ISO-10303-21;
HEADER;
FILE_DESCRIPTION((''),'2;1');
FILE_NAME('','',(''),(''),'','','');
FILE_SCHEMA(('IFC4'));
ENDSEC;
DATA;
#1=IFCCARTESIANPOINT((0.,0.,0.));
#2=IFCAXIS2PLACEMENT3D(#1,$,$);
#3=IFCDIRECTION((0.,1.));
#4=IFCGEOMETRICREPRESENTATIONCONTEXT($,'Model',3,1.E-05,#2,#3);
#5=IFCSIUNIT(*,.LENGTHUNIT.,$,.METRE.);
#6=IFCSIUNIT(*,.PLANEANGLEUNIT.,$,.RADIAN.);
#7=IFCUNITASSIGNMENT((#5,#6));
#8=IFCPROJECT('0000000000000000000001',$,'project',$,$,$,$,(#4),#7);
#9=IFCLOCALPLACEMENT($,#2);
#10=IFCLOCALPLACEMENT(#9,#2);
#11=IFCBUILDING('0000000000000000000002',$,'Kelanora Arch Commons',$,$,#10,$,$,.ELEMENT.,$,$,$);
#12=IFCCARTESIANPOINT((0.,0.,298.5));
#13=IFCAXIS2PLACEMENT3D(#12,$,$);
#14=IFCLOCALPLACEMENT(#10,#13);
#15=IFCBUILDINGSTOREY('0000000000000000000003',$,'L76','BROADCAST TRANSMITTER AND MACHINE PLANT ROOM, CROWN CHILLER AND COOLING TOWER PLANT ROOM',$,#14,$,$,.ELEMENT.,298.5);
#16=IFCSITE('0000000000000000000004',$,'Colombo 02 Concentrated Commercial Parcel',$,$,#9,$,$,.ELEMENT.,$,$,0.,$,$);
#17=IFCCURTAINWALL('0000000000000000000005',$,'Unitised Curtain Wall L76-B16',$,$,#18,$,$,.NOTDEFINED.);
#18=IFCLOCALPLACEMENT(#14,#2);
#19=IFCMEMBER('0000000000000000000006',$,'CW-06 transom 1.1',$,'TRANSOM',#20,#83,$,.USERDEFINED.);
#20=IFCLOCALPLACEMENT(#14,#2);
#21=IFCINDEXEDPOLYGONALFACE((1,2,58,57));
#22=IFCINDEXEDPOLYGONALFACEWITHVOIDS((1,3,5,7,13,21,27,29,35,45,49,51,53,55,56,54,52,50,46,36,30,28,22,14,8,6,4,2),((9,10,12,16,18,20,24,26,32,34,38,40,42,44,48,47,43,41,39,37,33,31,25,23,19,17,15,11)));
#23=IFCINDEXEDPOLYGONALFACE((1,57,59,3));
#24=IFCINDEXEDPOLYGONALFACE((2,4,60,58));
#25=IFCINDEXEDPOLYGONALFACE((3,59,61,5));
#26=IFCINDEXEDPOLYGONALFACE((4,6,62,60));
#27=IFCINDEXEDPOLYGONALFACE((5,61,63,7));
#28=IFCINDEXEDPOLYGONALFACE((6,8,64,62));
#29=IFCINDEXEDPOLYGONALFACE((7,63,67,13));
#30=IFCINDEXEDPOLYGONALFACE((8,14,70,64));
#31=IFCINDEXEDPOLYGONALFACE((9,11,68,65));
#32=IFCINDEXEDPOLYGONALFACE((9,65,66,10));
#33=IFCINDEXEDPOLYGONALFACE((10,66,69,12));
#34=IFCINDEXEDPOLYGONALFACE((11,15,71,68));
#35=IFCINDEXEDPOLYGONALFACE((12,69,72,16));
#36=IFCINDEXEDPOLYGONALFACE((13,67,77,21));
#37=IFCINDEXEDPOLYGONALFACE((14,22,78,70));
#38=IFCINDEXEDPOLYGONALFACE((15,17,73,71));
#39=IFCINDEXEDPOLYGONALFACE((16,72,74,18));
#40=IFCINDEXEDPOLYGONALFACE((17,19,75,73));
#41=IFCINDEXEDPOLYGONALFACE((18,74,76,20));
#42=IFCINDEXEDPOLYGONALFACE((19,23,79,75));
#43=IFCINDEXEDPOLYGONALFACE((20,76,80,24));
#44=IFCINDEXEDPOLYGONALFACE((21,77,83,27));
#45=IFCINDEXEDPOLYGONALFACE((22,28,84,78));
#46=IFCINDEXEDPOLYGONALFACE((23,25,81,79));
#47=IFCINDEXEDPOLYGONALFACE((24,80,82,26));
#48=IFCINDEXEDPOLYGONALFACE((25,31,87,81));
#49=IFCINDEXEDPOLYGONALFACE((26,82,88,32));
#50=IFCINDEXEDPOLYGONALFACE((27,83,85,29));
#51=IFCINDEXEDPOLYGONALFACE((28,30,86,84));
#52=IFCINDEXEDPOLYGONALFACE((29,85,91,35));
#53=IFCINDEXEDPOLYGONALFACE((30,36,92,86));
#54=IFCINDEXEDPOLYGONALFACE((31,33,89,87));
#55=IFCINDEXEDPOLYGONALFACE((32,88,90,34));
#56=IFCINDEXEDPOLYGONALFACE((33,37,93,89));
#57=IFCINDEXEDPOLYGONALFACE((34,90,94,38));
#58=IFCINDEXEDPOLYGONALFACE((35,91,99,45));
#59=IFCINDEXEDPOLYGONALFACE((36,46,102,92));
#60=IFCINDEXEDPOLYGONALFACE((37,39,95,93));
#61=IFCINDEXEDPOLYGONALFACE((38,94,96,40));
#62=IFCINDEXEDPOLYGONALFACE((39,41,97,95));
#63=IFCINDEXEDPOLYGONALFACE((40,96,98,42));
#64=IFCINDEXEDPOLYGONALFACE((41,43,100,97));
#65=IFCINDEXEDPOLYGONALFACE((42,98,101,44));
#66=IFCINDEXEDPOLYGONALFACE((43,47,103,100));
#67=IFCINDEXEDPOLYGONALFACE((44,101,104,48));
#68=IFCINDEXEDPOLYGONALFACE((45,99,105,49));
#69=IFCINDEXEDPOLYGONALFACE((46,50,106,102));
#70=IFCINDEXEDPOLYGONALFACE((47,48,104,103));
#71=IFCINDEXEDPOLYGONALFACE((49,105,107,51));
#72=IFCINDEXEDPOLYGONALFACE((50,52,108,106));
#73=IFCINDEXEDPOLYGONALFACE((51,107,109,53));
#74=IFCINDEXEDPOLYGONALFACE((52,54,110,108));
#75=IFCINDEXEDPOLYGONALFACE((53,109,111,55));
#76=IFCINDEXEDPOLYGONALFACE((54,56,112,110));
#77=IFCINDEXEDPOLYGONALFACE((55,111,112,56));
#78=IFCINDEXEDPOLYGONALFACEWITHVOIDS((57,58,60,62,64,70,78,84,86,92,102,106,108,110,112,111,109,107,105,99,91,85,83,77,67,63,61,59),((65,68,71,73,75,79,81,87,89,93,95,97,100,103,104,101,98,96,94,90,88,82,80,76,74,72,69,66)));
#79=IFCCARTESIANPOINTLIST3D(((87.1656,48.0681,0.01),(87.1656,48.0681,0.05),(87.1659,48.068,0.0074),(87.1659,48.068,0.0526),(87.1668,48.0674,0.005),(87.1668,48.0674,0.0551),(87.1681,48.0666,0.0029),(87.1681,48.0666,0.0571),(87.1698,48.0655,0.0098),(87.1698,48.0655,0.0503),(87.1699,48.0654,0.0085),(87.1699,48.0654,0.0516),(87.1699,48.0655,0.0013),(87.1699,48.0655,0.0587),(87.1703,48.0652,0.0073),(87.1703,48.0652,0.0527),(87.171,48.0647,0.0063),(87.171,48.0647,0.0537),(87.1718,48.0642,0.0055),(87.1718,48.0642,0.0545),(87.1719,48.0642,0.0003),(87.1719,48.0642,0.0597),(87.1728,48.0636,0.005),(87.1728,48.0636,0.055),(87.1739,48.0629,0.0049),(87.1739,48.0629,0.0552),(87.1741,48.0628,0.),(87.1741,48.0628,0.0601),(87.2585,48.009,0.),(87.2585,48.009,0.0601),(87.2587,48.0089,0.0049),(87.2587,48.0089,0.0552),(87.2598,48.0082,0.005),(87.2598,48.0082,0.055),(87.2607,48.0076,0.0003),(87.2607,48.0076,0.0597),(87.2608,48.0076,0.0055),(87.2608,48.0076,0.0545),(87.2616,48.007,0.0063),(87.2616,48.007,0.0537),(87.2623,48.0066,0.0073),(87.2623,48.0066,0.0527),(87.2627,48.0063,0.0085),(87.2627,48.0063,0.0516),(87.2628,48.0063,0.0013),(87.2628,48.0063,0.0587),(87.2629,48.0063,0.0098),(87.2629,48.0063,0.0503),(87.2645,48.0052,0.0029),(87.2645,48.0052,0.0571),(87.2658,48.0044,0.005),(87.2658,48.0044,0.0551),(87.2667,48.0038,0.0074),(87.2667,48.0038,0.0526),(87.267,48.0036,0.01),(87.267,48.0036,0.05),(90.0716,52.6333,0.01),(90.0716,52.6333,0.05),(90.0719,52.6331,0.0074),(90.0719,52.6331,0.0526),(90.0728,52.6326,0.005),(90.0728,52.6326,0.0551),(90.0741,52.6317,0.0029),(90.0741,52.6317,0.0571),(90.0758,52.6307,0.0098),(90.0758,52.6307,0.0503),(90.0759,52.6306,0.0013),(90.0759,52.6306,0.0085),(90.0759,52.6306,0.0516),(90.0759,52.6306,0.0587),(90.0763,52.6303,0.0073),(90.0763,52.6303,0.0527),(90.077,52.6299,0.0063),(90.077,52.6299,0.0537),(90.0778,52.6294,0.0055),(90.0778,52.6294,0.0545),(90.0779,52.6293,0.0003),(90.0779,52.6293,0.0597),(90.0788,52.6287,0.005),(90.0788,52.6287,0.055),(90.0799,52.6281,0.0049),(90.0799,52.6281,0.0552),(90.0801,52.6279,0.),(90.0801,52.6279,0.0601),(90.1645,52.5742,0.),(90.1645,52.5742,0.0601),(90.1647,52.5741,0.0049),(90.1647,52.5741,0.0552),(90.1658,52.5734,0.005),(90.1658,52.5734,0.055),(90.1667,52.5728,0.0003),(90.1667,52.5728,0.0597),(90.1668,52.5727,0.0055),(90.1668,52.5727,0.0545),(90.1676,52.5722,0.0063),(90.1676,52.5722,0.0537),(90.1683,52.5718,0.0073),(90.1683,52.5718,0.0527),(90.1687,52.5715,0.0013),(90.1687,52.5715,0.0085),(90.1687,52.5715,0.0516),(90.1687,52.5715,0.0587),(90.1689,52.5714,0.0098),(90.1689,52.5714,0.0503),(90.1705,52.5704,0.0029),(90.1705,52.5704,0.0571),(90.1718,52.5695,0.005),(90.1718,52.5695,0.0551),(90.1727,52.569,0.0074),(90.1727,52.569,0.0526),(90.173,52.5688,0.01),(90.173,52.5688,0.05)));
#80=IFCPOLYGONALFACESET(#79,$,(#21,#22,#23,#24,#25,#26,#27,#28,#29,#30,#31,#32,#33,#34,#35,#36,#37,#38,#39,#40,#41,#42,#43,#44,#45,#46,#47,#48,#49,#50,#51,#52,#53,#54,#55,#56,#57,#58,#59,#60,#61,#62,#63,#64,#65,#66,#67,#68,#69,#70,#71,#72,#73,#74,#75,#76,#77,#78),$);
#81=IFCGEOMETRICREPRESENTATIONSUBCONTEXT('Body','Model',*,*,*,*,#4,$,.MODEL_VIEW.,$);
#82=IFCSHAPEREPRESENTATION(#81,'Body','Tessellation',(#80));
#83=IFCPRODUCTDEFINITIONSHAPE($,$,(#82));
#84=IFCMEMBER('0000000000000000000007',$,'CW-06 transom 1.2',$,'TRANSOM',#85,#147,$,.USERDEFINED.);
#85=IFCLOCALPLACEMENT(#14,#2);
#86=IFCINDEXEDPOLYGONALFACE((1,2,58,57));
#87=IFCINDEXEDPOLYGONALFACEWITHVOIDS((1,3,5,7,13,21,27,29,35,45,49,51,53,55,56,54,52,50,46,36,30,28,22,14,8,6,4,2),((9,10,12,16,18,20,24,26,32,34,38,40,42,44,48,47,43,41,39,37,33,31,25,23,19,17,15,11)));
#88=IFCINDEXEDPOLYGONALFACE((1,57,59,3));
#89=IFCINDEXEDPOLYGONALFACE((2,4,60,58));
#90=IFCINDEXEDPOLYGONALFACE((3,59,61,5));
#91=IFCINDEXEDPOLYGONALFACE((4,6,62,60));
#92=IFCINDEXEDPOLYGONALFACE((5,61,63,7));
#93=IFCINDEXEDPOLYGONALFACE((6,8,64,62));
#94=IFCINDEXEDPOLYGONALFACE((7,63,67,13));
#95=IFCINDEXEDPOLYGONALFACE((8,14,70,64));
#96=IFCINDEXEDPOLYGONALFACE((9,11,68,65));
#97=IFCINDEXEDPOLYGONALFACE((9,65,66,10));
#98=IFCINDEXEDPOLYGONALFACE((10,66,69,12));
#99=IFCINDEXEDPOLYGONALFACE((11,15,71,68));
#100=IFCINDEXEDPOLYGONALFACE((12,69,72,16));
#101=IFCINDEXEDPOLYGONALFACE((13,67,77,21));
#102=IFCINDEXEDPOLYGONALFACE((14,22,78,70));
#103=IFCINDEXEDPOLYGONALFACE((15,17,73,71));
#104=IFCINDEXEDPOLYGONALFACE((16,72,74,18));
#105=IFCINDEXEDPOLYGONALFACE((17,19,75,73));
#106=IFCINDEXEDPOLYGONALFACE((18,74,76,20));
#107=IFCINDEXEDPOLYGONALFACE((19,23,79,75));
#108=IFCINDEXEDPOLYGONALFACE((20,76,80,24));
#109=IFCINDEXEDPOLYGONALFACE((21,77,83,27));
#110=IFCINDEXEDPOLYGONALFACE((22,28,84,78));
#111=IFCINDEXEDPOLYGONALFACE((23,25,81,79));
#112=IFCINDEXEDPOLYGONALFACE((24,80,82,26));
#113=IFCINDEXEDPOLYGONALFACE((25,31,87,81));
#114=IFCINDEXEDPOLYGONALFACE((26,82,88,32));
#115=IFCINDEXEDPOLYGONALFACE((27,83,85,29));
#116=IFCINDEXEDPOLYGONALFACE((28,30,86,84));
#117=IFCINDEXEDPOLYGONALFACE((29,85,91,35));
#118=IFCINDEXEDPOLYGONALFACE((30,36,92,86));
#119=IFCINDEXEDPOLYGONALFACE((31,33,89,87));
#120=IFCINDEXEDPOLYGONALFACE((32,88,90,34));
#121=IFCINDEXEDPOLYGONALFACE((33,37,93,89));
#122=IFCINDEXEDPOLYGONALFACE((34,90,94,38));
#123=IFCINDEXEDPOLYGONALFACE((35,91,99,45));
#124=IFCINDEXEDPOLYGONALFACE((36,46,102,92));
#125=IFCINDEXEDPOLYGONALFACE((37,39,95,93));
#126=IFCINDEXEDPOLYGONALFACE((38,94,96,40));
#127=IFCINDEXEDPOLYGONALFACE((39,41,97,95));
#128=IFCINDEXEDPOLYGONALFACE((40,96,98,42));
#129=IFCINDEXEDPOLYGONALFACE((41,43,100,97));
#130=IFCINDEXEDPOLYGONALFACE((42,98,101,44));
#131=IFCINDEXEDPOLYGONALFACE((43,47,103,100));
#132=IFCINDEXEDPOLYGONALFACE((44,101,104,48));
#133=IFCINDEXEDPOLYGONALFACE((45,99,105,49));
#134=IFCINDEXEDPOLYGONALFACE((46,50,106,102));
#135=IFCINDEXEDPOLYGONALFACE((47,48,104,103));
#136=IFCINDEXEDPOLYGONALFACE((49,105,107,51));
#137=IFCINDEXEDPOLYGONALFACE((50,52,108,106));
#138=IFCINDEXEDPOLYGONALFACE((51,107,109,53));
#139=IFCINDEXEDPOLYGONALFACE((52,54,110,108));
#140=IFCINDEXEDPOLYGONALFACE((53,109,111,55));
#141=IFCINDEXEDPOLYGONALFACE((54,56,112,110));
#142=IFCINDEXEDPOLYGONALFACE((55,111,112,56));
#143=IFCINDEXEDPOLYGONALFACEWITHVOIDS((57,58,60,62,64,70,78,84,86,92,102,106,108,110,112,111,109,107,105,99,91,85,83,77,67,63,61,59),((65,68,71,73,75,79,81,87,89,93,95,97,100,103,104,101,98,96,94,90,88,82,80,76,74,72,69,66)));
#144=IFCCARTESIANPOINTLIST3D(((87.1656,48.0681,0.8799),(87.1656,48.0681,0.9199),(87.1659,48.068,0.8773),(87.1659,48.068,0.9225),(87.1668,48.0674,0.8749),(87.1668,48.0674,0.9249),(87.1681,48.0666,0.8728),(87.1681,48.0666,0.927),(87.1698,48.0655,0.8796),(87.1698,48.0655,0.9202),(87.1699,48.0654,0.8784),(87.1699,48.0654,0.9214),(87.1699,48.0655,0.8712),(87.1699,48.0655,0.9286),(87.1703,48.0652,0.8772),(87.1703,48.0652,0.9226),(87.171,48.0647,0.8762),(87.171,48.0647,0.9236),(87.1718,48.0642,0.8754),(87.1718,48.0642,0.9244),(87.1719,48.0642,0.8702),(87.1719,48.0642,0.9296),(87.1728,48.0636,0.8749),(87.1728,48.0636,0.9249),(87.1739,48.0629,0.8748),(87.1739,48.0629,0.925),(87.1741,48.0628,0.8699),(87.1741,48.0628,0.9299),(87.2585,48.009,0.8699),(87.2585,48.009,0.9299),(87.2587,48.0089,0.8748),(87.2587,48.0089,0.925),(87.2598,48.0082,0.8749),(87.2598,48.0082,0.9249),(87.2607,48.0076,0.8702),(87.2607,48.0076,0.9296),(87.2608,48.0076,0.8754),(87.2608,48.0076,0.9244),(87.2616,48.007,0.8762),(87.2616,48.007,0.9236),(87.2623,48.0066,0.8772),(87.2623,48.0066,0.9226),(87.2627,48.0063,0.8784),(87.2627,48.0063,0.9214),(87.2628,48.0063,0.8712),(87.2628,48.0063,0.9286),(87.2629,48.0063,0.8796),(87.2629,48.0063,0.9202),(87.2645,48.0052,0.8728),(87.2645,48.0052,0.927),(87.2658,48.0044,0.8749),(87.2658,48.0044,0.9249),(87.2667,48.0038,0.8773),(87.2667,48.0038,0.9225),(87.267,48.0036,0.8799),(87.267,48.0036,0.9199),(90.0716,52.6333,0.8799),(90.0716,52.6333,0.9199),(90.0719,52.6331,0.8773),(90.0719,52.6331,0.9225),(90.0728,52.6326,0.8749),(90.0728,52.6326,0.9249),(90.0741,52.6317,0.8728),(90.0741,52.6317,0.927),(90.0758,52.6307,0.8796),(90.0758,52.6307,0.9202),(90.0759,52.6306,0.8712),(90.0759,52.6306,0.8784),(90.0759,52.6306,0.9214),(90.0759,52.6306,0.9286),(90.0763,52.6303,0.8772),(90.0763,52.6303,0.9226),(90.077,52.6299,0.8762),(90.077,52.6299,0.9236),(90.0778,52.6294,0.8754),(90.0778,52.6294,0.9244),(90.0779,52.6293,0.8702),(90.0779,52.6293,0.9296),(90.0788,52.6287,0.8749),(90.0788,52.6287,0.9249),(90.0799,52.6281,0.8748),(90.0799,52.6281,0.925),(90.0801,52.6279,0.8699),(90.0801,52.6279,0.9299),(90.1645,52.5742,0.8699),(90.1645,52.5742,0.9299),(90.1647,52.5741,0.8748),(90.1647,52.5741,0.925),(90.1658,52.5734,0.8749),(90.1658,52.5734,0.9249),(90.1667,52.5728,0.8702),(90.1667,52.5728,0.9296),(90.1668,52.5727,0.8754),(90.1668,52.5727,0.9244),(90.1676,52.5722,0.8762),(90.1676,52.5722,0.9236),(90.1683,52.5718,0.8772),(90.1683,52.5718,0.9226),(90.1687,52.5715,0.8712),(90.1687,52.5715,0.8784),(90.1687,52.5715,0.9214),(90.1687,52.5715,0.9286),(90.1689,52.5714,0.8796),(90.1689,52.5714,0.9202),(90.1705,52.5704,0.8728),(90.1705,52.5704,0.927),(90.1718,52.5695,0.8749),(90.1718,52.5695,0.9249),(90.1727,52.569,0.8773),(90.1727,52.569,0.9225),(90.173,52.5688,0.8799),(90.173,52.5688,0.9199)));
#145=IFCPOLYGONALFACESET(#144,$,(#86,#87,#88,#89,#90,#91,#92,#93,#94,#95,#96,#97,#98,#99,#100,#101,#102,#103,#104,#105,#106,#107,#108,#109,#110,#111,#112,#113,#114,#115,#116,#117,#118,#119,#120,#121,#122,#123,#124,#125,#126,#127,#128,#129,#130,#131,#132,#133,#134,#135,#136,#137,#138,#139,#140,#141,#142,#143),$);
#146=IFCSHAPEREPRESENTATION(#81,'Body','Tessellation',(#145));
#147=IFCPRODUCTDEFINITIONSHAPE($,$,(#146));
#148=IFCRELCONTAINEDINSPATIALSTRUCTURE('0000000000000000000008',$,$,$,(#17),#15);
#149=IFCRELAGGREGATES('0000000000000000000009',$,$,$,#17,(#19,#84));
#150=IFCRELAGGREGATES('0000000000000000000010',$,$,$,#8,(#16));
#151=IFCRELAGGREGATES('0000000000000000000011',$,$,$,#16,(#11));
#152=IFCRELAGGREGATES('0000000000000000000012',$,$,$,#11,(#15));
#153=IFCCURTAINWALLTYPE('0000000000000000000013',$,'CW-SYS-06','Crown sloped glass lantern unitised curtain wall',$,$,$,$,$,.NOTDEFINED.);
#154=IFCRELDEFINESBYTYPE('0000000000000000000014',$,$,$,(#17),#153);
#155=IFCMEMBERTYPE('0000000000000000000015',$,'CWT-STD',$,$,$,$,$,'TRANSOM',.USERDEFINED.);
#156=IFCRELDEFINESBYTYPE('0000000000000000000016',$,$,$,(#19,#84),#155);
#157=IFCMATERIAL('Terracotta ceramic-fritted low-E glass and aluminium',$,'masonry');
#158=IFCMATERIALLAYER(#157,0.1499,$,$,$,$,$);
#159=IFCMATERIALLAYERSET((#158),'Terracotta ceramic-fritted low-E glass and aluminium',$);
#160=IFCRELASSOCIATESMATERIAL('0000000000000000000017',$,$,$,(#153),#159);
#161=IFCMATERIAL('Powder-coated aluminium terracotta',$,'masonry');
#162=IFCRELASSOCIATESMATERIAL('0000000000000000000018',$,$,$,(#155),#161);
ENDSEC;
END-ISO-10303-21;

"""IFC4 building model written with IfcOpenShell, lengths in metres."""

from ifc_helpers import new_model, si_unit, direction, frame, origin, origin_2d, place, context, subcontext, project, spatial, hollow_rectangle, extrude, material, layer, layer_set, material_profile, profile_set, type_object, element, aggregate, save


model = new_model("IFC4")

# Units and contexts
model_context = context("Model", 3, precision=1e-05, world=origin(), true_north=direction((0.0, 1.0)))
body_context = subcontext(model_context, "Body", "Model", "MODEL_VIEW")
ifc_project = project(units=[si_unit("LENGTHUNIT", "METRE"), si_unit("PLANEANGLEUNIT", "RADIAN")], contexts=[model_context])

# Site, building, storey
site_placement = place(None, origin())
site = spatial("IfcSite", under=ifc_project, at=site_placement, Name="Colombo 02 Concentrated Commercial Parcel", CompositionType="ELEMENT", RefElevation=0.0)
building_placement = place(site_placement, origin())
building = spatial("IfcBuilding", under=site, at=building_placement, Name="Kelanora Arch Commons", CompositionType="ELEMENT")
storey_placement = place(building_placement, frame((0.0, 0.0, 298.5)))
storey = spatial("IfcBuildingStorey", under=building, at=storey_placement, Name="L76", Description="BROADCAST TRANSMITTER AND MACHINE PLANT ROOM, CROWN CHILLER AND COOLING TOWER PLANT ROOM", CompositionType="ELEMENT", Elevation=298.5)

# Shared definitions
ifc_material_1 = material(Name="Terracotta ceramic-fritted low-E glass and aluminium", Category="masonry")
ifc_layer_1 = layer(ifc_material_1, 0.1499)
ifc_layer_set_1 = layer_set([ifc_layer_1], Name="Terracotta ceramic-fritted low-E glass and aluminium")
curtain_wall_type = type_object("IfcCurtainWallType", Name="CW-SYS-06", Description="Crown sloped glass lantern unitised curtain wall", PredefinedType="NOTDEFINED", material=ifc_layer_set_1)
ifc_material_2 = material(Name="Powder-coated aluminium terracotta", Category="masonry")

# Curtain wall
curtain_wall_1_placement = place(storey_placement, origin())
curtain_wall_1 = element("IfcCurtainWall", 1, at=curtain_wall_1_placement, inside=storey, type_object=curtain_wall_type, Name="Unitised Curtain Wall L76-B16", PredefinedType="NOTDEFINED")

# Members
ifc_material_profile_1 = material_profile(ifc_material_2, hollow_rectangle(XDim=0.1201, YDim=0.0601, WallThickness=0.0049, InnerFilletRadius=0.0049, OuterFilletRadius=0.01, at=origin_2d()), Name="CWT120x60")
ifc_profile_set_1 = profile_set([ifc_material_profile_1], Name="Powder-coated aluminium terracotta")
member_type_1 = type_object("IfcMemberType", Name="CWT-STD", ElementType="TRANSOM", PredefinedType="USERDEFINED", material=ifc_profile_set_1)
member_1_placement = place(storey_placement, frame((87.2163, 48.0359, 0.03), z_axis=(0.536992, 0.843587, 0.0), x_axis=(-0.843587, 0.536992, 0.0)))
member_1 = element("IfcMember", 2, at=member_1_placement, type_object=member_type_1, Name="CW-06 transom 1.1", ObjectType="TRANSOM", PredefinedType="USERDEFINED", context=body_context, shape_type="SweptSolid", body=[
    extrude(hollow_rectangle(XDim=0.1201, YDim=0.0601, WallThickness=0.0049, InnerFilletRadius=0.0049, OuterFilletRadius=0.01, at=origin_2d()), origin(), (0.0, 0.0, 1.0), 5.4116),
])
member_2_placement = place(storey_placement, frame((87.2163, 48.0359, 0.8999), z_axis=(0.536992, 0.843587, 0.0), x_axis=(-0.843587, 0.536992, 0.0)))
member_2 = element("IfcMember", 3, at=member_2_placement, type_object=member_type_1, Name="CW-06 transom 1.2", ObjectType="TRANSOM", PredefinedType="USERDEFINED", context=body_context, shape_type="SweptSolid", body=[
    extrude(hollow_rectangle(XDim=0.1201, YDim=0.0601, WallThickness=0.0049, InnerFilletRadius=0.0049, OuterFilletRadius=0.01, at=origin_2d()), origin(), (0.0, 0.0, 1.0), 5.4116),
])
aggregate(curtain_wall_1, [member_1, member_2])

save(model, "model.ifc")
